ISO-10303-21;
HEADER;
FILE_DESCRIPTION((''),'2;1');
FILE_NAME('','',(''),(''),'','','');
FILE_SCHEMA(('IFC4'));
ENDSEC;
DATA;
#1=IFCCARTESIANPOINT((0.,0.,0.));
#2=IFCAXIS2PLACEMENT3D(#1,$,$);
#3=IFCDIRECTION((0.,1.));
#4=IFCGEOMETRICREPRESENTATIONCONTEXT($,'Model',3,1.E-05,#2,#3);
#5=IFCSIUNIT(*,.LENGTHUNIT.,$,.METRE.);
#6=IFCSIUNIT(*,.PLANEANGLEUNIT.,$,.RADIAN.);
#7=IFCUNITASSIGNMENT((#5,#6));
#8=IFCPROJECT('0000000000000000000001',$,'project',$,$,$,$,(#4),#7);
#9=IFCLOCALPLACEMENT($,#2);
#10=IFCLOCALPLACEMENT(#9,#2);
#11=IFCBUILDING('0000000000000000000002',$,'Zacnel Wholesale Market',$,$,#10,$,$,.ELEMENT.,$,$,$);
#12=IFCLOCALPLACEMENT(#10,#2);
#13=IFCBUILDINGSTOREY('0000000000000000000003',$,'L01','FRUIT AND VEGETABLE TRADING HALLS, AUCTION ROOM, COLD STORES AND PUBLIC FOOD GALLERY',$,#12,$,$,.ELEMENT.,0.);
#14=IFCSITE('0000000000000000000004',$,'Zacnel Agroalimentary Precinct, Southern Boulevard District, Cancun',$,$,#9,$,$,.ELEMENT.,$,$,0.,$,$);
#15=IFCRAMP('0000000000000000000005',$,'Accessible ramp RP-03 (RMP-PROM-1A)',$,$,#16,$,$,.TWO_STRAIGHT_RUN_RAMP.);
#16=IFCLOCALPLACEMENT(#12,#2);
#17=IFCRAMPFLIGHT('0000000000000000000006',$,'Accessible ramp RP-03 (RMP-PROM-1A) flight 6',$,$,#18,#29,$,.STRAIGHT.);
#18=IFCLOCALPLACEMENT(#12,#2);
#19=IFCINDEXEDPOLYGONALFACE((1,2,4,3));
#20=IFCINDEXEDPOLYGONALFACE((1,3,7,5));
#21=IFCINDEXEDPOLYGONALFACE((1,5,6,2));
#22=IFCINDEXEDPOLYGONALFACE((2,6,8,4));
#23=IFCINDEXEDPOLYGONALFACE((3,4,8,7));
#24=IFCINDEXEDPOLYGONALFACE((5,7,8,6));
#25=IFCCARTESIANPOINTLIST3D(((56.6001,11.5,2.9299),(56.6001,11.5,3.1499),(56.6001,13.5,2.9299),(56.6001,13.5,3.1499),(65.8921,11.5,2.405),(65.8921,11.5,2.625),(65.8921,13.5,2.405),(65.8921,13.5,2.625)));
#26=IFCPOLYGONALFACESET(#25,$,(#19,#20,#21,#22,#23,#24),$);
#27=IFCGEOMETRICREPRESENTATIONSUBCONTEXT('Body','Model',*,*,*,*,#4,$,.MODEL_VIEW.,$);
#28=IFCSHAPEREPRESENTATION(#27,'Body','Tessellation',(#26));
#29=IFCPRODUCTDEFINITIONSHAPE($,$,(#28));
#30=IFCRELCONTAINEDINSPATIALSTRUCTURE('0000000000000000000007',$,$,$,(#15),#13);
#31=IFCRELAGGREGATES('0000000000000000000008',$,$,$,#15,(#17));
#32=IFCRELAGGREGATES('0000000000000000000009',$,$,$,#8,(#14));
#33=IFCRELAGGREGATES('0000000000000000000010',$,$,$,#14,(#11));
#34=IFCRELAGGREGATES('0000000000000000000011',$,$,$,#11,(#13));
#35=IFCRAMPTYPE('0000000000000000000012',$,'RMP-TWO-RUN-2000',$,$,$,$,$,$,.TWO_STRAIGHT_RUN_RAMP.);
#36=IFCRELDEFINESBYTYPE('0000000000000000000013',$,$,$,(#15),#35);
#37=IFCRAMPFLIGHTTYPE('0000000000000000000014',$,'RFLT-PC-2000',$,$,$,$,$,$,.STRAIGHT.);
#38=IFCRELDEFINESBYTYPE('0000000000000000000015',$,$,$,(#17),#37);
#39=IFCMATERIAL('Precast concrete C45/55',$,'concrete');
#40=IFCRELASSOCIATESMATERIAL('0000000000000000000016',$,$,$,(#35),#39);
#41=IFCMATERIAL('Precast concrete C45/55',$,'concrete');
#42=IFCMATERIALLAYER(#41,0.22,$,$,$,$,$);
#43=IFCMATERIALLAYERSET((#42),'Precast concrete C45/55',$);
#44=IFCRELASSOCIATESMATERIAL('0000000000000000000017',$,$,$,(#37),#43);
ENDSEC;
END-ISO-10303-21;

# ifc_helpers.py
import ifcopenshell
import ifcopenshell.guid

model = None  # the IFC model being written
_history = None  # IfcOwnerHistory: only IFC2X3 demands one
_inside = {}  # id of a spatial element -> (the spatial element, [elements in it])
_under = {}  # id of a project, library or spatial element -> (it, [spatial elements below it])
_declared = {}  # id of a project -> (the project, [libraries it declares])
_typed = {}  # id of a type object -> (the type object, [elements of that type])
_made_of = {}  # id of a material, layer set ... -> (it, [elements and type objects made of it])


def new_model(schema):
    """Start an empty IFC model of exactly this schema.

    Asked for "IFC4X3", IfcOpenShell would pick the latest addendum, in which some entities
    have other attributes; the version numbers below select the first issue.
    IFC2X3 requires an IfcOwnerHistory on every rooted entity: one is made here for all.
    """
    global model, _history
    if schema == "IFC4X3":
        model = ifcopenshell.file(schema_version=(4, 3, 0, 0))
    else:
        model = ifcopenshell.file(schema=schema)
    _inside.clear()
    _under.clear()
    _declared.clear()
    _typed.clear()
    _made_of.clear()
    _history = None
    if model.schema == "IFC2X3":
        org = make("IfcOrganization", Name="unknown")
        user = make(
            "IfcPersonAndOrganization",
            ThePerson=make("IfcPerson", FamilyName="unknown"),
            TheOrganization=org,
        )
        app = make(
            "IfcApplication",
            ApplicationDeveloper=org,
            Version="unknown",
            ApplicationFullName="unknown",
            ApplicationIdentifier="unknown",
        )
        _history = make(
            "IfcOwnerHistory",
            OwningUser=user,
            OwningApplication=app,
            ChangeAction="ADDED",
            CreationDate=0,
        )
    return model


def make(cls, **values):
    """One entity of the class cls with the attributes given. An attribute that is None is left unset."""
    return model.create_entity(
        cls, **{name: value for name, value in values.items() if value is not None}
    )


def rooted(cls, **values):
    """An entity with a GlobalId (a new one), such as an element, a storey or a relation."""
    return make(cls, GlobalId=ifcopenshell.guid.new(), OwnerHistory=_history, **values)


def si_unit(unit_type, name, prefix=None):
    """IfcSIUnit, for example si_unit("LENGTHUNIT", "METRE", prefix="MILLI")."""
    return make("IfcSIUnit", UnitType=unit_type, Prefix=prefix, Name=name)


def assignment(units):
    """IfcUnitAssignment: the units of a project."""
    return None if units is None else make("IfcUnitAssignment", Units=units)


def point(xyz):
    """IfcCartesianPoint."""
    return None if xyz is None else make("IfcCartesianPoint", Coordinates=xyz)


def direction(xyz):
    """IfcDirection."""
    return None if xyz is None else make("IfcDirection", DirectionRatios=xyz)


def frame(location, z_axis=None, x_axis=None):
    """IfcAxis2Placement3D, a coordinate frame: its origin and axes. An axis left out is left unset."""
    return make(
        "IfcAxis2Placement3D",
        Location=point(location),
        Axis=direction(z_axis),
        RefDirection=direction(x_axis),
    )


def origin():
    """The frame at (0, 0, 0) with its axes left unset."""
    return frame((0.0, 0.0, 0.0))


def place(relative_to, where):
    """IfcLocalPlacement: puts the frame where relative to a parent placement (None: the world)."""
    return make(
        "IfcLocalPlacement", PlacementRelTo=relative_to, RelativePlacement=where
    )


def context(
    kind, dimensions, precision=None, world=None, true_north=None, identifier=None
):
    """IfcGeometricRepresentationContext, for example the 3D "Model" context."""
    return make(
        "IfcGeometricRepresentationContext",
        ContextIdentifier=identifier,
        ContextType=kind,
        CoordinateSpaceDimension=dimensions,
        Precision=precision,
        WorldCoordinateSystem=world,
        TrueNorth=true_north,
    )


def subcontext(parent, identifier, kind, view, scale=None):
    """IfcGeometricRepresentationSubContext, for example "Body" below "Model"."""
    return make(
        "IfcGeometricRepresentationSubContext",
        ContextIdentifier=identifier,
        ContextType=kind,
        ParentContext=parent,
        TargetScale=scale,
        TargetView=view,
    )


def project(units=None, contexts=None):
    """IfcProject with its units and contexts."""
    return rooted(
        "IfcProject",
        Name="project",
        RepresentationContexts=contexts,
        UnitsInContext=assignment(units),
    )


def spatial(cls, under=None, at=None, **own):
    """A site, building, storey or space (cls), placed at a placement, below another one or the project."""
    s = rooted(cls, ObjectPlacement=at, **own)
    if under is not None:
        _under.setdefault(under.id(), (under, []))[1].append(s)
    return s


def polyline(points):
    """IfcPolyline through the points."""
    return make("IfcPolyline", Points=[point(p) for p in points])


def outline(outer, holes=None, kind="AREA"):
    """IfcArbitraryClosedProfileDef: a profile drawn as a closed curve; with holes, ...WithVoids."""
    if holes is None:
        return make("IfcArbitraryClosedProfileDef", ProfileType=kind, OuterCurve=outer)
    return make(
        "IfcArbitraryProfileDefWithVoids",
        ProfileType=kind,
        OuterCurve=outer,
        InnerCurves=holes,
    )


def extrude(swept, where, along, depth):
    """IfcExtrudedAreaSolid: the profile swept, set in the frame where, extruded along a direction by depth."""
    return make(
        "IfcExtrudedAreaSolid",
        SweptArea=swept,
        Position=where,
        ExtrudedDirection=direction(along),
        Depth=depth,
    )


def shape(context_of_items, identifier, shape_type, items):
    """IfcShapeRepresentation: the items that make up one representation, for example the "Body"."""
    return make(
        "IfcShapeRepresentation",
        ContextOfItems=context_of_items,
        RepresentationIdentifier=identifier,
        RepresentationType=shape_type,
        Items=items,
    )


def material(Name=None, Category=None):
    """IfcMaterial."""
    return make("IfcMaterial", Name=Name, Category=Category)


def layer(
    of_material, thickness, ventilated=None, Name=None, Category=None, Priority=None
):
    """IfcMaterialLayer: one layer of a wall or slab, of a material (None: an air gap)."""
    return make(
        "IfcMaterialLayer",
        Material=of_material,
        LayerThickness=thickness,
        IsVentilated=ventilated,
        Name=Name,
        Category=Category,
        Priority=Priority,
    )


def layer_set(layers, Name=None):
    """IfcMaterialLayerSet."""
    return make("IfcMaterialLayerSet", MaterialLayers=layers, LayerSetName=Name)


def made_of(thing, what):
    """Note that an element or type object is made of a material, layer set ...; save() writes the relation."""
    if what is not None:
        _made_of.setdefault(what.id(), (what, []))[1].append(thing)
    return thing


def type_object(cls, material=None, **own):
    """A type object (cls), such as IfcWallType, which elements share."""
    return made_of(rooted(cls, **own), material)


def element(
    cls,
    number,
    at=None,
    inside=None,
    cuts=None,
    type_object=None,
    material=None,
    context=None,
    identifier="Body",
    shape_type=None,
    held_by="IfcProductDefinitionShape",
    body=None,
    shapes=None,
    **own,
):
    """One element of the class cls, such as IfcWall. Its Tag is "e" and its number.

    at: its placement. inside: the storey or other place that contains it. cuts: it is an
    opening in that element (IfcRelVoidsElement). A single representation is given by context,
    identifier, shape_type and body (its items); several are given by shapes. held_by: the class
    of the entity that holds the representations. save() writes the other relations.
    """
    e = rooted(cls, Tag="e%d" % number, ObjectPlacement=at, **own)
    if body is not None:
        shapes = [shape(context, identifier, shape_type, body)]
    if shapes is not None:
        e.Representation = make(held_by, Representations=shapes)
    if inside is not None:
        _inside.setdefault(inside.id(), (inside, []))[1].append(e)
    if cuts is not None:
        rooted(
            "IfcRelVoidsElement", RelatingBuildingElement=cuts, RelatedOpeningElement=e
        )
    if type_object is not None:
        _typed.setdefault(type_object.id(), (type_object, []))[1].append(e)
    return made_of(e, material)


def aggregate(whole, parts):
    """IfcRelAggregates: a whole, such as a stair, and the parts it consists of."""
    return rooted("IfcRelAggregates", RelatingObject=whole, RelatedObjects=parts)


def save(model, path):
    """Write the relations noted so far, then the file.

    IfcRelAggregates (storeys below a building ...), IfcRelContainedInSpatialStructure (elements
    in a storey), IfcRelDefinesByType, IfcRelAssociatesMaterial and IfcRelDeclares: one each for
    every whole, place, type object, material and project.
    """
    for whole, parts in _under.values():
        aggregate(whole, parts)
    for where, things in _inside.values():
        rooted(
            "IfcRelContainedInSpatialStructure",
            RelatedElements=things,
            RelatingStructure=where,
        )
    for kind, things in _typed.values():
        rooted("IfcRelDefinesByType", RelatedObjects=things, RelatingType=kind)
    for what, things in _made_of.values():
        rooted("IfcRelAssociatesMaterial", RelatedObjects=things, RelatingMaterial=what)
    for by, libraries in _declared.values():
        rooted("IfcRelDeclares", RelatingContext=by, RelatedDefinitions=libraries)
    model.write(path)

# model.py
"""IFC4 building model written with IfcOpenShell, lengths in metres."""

from ifc_helpers import new_model, si_unit, direction, frame, origin, place, context, subcontext, project, spatial, polyline, outline, extrude, material, layer, layer_set, type_object, element, aggregate, save


model = new_model("IFC4")

# Units and contexts
model_context = context("Model", 3, precision=1e-05, world=origin(), true_north=direction((0.0, 1.0)))
body_context = subcontext(model_context, "Body", "Model", "MODEL_VIEW")
ifc_project = project(units=[si_unit("LENGTHUNIT", "METRE"), si_unit("PLANEANGLEUNIT", "RADIAN")], contexts=[model_context])

# Site, building, storey
site_placement = place(None, origin())
site = spatial("IfcSite", under=ifc_project, at=site_placement, Name="Zacnel Agroalimentary Precinct, Southern Boulevard District, Cancun", CompositionType="ELEMENT", RefElevation=0.0)
building_placement = place(site_placement, origin())
building = spatial("IfcBuilding", under=site, at=building_placement, Name="Zacnel Wholesale Market", CompositionType="ELEMENT")
storey_placement = place(building_placement, origin())
storey = spatial("IfcBuildingStorey", under=building, at=storey_placement, Name="L01", Description="FRUIT AND VEGETABLE TRADING HALLS, AUCTION ROOM, COLD STORES AND PUBLIC FOOD GALLERY", CompositionType="ELEMENT", Elevation=0.0)

# Ramp
ifc_material_1 = material(Name="Precast concrete C45/55", Category="concrete")
ramp_type = type_object("IfcRampType", Name="RMP-TWO-RUN-2000", PredefinedType="TWO_STRAIGHT_RUN_RAMP", material=ifc_material_1)
ramp_placement = place(storey_placement, origin())
ramp = element("IfcRamp", 1, at=ramp_placement, inside=storey, type_object=ramp_type, Name="Accessible ramp RP-03 (RMP-PROM-1A)", PredefinedType="TWO_STRAIGHT_RUN_RAMP")

# Ramp flight
ifc_material_2 = material(Name="Precast concrete C45/55", Category="concrete")
ifc_layer_1 = layer(ifc_material_2, 0.22)
ifc_layer_set_1 = layer_set([ifc_layer_1], Name="Precast concrete C45/55")
ramp_flight_type = type_object("IfcRampFlightType", Name="RFLT-PC-2000", PredefinedType="STRAIGHT", material=ifc_layer_set_1)
ramp_flight_1_placement = place(storey_placement, frame((65.8921, 12.5, 2.625), z_axis=(0.0, 0.0, 1.0), x_axis=(-1.0, 0.0, 0.0)))
ramp_flight_1 = element("IfcRampFlight", 2, at=ramp_flight_1_placement, type_object=ramp_flight_type, Name="Accessible ramp RP-03 (RMP-PROM-1A) flight 6", PredefinedType="STRAIGHT", context=body_context, shape_type="SweptSolid", body=[
    extrude(outline(polyline([(0.0, 0.0), (9.292, 0.5249), (9.292, 0.3049), (0.0, -0.22), (0.0, 0.0)])), frame((0.0, 1.0, 0.0), z_axis=(0.0, -1.0, 0.0), x_axis=(1.0, 0.0, 0.0)), (0.0, 0.0, 1.0), 2.0),
])
aggregate(ramp, [ramp_flight_1])

save(model, "model.ifc")
